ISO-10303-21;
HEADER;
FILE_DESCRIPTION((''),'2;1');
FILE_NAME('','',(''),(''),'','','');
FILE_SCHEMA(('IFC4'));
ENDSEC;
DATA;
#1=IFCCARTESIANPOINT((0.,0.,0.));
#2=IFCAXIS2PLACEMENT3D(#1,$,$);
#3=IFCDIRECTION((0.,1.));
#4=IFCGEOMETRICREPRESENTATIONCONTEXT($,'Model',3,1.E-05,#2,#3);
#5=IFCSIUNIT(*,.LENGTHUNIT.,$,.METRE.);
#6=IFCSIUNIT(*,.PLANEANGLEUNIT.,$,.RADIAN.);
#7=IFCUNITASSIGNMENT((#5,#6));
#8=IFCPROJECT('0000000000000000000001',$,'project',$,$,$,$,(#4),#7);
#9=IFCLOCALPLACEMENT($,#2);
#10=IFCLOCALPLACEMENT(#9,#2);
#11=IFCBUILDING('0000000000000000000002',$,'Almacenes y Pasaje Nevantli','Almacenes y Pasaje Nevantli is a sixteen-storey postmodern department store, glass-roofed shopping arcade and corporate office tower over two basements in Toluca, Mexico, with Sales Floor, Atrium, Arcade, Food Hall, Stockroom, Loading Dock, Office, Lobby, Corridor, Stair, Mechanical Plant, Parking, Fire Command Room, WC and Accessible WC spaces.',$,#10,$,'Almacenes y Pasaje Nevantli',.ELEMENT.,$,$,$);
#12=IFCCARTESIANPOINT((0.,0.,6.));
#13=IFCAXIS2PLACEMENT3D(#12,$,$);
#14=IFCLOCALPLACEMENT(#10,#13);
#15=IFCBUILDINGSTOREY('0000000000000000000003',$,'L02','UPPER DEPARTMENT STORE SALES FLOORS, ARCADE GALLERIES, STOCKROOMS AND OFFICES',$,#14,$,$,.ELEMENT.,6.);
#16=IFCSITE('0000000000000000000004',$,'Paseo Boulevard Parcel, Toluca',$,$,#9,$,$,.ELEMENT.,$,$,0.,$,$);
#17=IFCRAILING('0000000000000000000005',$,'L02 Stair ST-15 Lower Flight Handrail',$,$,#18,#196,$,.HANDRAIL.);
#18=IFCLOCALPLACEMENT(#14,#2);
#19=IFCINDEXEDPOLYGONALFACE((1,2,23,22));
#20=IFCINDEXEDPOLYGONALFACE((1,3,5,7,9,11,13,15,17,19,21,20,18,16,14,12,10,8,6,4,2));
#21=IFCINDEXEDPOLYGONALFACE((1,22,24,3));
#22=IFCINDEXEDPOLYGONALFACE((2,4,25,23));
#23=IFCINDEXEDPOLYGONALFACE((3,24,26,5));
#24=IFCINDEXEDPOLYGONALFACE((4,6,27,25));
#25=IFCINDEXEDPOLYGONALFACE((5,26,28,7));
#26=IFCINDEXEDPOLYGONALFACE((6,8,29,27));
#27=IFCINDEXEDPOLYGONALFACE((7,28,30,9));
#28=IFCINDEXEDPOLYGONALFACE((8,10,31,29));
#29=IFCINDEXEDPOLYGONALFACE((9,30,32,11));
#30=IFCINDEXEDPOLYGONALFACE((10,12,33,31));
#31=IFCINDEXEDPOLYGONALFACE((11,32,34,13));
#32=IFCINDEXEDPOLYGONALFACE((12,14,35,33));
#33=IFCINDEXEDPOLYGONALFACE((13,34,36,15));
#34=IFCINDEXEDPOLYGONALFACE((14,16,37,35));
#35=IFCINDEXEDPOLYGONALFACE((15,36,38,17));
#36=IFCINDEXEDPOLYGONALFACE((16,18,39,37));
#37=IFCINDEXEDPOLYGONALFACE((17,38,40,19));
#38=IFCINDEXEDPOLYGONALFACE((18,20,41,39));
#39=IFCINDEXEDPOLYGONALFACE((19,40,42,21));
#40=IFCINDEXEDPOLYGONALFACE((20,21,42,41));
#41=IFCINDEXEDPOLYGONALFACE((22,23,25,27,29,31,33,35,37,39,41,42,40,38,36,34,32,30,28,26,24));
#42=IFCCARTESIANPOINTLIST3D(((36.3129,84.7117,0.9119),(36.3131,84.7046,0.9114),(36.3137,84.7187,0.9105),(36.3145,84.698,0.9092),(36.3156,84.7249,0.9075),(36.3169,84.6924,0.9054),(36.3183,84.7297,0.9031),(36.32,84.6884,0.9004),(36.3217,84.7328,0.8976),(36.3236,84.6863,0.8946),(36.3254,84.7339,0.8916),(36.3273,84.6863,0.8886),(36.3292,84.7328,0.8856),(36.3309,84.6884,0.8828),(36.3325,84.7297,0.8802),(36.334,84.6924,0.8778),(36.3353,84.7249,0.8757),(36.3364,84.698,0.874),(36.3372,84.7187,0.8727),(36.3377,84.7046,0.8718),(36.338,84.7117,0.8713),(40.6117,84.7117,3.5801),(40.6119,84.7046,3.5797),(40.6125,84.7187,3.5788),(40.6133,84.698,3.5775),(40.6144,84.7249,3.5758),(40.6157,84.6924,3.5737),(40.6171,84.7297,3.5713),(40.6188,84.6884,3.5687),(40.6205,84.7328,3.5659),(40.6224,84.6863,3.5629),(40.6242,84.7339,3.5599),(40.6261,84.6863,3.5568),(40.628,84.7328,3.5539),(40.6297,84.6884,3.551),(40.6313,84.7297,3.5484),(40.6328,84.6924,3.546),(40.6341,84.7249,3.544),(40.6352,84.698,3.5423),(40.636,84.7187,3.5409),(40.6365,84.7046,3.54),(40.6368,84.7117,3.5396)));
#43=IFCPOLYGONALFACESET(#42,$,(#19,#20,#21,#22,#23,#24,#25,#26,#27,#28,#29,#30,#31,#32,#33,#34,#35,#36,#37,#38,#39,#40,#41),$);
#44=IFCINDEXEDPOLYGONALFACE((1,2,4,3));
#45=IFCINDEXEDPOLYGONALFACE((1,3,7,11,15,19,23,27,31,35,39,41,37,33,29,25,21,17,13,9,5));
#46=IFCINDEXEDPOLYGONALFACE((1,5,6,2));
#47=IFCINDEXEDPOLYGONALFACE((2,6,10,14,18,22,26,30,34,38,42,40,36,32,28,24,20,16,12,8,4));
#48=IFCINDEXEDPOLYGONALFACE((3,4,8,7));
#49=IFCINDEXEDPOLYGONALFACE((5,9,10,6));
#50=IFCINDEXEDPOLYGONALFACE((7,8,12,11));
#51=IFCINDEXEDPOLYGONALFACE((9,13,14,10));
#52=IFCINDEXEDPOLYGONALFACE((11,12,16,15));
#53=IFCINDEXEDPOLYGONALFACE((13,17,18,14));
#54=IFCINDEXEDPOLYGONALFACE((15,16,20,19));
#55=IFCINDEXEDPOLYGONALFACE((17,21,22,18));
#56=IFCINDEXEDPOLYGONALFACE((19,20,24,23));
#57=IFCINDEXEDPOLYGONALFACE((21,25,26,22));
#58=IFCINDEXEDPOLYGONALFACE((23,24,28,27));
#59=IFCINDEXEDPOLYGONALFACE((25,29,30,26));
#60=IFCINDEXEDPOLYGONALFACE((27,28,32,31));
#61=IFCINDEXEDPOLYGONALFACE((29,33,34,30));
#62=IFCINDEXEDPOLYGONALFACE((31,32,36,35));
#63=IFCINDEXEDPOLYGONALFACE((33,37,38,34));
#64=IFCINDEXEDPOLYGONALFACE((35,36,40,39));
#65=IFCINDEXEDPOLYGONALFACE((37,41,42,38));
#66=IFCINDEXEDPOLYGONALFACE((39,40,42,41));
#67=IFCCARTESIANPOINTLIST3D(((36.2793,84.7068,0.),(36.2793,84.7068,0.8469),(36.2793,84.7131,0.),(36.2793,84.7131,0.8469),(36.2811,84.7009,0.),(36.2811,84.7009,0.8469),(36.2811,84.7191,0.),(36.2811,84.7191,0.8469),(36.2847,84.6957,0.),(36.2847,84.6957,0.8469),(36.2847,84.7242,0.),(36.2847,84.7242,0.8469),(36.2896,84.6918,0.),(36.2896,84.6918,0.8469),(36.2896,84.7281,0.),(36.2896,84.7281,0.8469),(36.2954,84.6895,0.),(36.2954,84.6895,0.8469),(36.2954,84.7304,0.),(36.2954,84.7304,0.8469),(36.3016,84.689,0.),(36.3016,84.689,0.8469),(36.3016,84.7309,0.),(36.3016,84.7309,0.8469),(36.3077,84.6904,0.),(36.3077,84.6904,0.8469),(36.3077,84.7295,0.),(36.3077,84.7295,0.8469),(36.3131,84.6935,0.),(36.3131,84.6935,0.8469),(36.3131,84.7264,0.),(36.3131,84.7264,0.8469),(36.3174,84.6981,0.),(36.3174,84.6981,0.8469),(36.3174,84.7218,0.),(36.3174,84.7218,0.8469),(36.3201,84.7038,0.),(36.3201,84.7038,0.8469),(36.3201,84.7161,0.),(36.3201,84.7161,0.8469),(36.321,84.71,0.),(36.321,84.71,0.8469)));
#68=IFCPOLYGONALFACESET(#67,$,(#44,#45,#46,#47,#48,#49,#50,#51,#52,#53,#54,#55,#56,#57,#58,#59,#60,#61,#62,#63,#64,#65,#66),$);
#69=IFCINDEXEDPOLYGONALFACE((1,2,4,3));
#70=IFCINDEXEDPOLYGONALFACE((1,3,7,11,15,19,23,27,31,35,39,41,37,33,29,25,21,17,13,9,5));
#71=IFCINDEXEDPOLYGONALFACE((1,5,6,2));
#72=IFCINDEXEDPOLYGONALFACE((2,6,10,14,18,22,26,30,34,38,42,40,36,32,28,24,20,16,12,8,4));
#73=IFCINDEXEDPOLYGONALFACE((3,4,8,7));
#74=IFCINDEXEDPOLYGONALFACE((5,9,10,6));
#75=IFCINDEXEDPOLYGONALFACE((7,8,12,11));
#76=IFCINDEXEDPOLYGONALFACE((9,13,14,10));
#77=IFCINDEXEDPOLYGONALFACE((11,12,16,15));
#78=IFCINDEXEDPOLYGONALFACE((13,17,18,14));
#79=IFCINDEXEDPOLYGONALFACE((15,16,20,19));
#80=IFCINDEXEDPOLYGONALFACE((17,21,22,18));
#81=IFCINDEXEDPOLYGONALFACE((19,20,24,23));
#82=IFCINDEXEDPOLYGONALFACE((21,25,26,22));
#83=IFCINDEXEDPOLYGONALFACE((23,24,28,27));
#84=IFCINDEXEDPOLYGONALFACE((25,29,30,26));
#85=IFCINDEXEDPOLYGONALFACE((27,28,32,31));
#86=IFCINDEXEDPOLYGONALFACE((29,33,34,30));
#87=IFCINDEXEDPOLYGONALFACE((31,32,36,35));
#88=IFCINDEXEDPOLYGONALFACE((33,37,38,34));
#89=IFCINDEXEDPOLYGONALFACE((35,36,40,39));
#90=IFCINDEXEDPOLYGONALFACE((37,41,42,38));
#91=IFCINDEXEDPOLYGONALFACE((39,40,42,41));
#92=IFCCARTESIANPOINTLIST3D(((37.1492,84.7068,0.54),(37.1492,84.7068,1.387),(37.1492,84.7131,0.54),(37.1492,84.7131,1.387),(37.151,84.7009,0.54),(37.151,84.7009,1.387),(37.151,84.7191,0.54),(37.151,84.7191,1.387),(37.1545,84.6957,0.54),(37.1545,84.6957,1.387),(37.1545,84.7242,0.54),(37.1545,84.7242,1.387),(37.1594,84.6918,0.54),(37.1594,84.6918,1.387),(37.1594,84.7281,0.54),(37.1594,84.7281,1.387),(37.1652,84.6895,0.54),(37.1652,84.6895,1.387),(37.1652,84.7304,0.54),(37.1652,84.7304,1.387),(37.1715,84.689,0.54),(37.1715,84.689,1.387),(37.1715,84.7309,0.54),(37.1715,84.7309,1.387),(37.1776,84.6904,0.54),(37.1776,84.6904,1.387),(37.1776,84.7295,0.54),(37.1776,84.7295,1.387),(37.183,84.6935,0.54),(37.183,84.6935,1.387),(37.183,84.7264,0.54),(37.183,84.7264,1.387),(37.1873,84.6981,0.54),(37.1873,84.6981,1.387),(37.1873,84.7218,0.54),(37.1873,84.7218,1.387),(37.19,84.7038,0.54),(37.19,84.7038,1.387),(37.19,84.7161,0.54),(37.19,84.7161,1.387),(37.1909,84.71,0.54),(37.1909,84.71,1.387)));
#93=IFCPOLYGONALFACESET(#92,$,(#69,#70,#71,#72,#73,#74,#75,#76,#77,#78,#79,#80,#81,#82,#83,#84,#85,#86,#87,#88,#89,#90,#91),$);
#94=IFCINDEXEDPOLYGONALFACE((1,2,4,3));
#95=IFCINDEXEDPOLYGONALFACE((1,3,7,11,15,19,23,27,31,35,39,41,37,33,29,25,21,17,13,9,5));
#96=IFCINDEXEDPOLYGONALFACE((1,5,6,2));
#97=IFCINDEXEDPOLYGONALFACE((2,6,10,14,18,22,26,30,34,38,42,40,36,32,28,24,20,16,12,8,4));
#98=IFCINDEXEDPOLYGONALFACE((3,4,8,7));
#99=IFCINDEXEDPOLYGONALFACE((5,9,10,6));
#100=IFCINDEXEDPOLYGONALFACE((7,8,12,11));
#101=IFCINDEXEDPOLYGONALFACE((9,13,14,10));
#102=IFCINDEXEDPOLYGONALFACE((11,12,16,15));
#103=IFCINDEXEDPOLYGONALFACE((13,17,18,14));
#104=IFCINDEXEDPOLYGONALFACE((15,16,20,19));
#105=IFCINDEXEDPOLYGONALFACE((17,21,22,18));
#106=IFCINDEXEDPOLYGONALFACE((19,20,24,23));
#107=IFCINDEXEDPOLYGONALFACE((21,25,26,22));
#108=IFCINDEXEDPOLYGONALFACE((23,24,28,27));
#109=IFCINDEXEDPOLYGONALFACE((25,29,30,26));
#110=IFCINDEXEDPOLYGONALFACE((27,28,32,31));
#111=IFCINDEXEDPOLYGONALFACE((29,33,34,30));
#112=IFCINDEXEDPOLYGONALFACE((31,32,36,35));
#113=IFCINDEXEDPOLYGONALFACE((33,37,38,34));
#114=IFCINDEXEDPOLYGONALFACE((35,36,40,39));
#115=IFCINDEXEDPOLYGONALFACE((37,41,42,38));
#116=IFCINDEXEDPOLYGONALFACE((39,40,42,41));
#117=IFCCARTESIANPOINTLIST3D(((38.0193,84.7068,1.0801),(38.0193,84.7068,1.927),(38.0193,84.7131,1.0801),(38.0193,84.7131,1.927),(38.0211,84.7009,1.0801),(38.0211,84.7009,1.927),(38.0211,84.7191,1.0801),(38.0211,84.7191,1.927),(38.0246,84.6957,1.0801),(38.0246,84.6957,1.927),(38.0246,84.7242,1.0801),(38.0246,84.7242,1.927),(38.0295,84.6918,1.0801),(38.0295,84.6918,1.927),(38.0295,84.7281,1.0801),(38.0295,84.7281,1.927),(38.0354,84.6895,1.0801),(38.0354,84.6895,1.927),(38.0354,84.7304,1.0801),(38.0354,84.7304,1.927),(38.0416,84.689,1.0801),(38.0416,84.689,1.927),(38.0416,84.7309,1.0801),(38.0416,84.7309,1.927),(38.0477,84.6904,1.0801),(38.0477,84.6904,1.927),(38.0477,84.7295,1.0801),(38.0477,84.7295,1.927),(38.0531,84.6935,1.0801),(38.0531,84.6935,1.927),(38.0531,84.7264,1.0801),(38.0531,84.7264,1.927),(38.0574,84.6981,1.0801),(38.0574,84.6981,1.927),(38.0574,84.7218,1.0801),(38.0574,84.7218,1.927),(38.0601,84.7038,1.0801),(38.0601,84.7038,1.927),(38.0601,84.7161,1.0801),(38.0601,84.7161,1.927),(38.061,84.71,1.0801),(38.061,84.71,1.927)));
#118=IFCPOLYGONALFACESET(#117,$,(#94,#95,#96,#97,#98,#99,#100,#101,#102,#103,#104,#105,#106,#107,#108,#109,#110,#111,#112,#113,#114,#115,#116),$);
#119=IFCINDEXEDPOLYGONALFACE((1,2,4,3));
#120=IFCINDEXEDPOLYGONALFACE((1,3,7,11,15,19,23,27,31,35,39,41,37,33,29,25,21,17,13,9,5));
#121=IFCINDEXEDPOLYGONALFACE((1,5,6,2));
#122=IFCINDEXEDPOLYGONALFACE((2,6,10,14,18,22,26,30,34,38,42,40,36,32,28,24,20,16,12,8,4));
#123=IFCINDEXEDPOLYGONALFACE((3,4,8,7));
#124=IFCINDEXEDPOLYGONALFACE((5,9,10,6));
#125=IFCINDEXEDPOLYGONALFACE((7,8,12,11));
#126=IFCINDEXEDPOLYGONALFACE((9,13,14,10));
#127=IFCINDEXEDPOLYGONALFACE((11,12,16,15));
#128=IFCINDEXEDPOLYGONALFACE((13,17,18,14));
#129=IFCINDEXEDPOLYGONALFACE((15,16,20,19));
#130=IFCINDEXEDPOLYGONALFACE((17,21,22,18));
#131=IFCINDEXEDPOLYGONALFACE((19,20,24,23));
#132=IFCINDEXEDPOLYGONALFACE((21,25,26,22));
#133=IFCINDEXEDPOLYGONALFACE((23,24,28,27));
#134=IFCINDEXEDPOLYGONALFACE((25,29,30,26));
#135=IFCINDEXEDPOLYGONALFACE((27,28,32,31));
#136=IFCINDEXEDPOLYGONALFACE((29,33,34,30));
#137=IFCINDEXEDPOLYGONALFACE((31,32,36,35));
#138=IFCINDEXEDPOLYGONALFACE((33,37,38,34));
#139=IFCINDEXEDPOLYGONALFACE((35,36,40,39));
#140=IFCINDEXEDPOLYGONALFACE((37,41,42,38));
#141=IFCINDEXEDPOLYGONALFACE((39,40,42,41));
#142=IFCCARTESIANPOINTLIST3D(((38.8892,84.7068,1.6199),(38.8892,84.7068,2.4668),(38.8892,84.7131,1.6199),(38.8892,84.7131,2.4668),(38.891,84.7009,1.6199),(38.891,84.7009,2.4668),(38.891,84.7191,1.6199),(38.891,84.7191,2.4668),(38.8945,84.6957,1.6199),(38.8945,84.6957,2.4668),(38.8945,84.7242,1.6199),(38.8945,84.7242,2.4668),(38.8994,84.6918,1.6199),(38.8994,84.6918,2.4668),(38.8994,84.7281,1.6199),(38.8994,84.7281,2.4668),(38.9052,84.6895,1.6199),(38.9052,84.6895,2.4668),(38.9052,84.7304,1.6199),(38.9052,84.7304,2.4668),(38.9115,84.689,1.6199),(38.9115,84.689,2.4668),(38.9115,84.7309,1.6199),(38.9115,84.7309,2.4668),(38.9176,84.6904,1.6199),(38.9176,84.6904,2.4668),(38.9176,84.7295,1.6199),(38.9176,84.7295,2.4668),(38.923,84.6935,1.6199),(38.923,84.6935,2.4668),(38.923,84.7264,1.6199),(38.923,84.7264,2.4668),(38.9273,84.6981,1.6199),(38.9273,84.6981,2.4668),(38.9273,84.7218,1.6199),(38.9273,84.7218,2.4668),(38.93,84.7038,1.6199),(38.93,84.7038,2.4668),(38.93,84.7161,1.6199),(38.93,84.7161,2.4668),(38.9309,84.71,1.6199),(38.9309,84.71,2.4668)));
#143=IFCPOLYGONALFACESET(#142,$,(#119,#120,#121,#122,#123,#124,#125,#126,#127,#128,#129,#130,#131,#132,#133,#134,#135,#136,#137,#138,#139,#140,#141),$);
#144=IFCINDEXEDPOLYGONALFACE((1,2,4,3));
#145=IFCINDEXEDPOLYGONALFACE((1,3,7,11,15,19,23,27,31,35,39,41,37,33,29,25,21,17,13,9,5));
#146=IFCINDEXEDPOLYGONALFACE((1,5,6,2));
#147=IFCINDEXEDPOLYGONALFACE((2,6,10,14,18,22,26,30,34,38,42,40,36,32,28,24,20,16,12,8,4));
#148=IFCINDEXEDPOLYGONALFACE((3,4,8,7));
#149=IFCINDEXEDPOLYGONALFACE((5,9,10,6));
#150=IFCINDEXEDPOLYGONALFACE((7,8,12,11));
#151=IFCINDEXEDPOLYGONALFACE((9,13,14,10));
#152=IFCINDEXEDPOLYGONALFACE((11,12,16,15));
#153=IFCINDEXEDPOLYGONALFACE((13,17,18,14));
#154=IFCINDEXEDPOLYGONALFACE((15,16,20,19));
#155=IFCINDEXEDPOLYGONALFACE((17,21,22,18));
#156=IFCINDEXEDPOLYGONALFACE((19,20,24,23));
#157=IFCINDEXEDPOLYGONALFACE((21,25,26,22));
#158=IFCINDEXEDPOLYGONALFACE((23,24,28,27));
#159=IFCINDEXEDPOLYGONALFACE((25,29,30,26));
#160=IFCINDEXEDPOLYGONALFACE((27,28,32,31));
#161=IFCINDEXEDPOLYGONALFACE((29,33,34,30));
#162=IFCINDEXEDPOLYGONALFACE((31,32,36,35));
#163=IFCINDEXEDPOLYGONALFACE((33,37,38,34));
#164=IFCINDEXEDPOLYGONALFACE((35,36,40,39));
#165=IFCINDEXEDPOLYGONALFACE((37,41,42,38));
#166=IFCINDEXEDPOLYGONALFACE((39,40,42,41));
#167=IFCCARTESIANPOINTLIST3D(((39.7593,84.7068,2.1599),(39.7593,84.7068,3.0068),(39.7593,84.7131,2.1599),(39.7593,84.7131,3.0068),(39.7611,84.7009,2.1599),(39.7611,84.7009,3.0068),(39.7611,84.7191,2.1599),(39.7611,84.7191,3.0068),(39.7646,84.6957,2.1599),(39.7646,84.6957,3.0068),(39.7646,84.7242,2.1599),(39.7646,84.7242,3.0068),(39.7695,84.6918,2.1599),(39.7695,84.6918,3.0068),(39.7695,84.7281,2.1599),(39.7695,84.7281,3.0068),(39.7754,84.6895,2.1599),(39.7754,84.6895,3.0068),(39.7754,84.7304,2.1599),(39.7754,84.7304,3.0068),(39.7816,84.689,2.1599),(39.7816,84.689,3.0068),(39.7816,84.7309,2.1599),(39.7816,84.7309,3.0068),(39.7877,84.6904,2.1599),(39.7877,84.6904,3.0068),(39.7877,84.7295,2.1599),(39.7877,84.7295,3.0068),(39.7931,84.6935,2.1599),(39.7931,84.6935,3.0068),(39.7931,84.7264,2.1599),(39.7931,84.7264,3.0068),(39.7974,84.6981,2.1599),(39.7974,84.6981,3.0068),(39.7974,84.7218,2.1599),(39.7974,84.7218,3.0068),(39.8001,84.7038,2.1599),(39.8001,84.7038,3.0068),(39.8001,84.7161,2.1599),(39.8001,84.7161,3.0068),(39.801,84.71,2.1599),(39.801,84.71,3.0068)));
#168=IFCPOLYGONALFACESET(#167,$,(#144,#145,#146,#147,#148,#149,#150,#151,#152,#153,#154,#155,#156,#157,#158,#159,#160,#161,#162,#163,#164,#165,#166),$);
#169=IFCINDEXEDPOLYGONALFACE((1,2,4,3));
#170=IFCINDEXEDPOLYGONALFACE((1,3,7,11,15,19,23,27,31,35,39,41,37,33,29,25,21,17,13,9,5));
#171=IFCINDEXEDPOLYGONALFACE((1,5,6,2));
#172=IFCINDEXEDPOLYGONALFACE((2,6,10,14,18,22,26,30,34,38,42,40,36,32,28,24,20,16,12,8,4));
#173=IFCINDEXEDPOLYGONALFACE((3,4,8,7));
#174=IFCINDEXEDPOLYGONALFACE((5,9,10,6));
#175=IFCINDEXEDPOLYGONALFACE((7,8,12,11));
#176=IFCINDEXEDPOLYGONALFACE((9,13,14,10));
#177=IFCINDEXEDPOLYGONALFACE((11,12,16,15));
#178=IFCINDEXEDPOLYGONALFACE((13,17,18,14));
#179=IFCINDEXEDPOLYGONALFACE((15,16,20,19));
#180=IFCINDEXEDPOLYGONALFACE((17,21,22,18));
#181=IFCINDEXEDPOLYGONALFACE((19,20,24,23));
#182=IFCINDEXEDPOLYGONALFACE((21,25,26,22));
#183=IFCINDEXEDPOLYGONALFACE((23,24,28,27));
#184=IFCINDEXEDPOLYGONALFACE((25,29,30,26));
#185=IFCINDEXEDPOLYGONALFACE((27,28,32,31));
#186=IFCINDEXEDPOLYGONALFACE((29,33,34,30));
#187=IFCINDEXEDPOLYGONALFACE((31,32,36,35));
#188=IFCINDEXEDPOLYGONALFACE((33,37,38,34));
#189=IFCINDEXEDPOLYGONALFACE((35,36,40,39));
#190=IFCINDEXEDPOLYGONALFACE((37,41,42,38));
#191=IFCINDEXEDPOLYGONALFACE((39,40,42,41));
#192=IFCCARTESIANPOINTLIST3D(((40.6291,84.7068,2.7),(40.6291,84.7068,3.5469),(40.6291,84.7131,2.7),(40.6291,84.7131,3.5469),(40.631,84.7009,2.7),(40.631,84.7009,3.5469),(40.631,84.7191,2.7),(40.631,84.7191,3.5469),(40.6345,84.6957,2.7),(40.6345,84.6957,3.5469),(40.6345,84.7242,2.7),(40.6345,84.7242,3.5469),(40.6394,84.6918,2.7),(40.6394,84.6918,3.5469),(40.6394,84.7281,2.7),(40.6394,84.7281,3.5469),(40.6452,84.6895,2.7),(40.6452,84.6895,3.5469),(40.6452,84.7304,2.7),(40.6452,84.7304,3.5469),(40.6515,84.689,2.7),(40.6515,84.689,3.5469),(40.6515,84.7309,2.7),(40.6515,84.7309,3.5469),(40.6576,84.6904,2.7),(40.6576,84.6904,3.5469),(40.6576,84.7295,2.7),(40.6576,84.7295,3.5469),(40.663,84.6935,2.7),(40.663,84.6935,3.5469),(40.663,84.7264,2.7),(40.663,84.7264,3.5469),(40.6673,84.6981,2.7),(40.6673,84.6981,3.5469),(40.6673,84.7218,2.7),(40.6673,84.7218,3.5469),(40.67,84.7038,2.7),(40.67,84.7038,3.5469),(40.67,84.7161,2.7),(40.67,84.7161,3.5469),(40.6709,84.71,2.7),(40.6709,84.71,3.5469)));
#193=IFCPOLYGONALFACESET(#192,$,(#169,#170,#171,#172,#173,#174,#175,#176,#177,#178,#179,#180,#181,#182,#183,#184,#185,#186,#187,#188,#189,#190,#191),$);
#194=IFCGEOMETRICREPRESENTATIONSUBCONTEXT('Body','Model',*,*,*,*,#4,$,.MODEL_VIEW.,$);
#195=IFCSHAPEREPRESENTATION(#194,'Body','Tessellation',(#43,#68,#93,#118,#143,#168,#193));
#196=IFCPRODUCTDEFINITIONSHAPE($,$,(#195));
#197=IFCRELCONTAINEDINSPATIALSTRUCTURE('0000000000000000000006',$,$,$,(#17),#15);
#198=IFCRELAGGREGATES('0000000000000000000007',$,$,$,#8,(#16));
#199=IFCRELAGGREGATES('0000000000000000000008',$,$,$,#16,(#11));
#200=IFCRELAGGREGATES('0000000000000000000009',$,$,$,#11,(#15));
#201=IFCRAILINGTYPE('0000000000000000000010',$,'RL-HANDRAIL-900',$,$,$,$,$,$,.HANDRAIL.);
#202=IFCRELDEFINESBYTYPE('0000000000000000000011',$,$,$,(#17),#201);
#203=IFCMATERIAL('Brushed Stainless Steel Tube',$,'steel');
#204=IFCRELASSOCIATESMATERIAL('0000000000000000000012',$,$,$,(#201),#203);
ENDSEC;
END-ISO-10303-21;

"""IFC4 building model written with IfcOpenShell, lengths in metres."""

from ifc_helpers import new_model, si_unit, direction, frame, origin, origin_2d, place, context, subcontext, project, spatial, circle, extrude, material, type_object, element, save


model = new_model("IFC4")

# Units and contexts
model_context = context("Model", 3, precision=1e-05, world=origin(), true_north=direction((0.0, 1.0)))
body_context = subcontext(model_context, "Body", "Model", "MODEL_VIEW")
ifc_project = project(units=[si_unit("LENGTHUNIT", "METRE"), si_unit("PLANEANGLEUNIT", "RADIAN")], contexts=[model_context])

# Site, building, storey
site_placement = place(None, origin())
site = spatial("IfcSite", under=ifc_project, at=site_placement, Name="Paseo Boulevard Parcel, Toluca", CompositionType="ELEMENT", RefElevation=0.0)
building_placement = place(site_placement, origin())
building = spatial("IfcBuilding", under=site, at=building_placement, Name="Almacenes y Pasaje Nevantli", Description="Almacenes y Pasaje Nevantli is a sixteen-storey postmodern department store, glass-roofed shopping arcade and corporate office tower over two basements in Toluca, Mexico, with Sales Floor, Atrium, Arcade, Food Hall, Stockroom, Loading Dock, Office, Lobby, Corridor, Stair, Mechanical Plant, Parking, Fire Command Room, WC and Accessible WC spaces.", LongName="Almacenes y Pasaje Nevantli", CompositionType="ELEMENT")
storey_placement = place(building_placement, frame((0.0, 0.0, 6.0)))
storey = spatial("IfcBuildingStorey", under=building, at=storey_placement, Name="L02", Description="UPPER DEPARTMENT STORE SALES FLOORS, ARCADE GALLERIES, STOCKROOMS AND OFFICES", CompositionType="ELEMENT", Elevation=6.0)

# Railing
ifc_material_1 = material(Name="Brushed Stainless Steel Tube", Category="steel")
railing_type_1 = type_object("IfcRailingType", Name="RL-HANDRAIL-900", PredefinedType="HANDRAIL", material=ifc_material_1)
railing_1_placement = place(storey_placement, frame((36.3, 84.71, 0.0)))
element("IfcRailing", 1, at=railing_1_placement, inside=storey, type_object=railing_type_1, Name="L02 Stair ST-15 Lower Flight Handrail", PredefinedType="HANDRAIL", context=body_context, shape_type="SweptSolid", body=[
    extrude(circle(Radius=0.0239, at=origin_2d()), frame((0.0254, 0.0, 0.8916), z_axis=(0.849636, 0.0, 0.527369), x_axis=(0.0, 1.0, 0.0)), (0.0, 0.0, 1.0), 5.0596),
    extrude(circle(Radius=0.021, at=origin_2d()), origin(), (0.0, 0.0, 1.0), 0.8469),
    extrude(circle(Radius=0.021, at=origin_2d()), frame((0.8699, 0.0, 0.54)), (0.0, 0.0, 1.0), 0.8469),
    extrude(circle(Radius=0.021, at=origin_2d()), frame((1.74, 0.0, 1.0801)), (0.0, 0.0, 1.0), 0.8469),
    extrude(circle(Radius=0.021, at=origin_2d()), frame((2.6099, 0.0, 1.6199)), (0.0, 0.0, 1.0), 0.8469),
    extrude(circle(Radius=0.021, at=origin_2d()), frame((3.48, 0.0, 2.1599)), (0.0, 0.0, 1.0), 0.8469),
    extrude(circle(Radius=0.021, at=origin_2d()), frame((4.3499, 0.0, 2.7)), (0.0, 0.0, 1.0), 0.8469),
])

save(model, "model.ifc")
